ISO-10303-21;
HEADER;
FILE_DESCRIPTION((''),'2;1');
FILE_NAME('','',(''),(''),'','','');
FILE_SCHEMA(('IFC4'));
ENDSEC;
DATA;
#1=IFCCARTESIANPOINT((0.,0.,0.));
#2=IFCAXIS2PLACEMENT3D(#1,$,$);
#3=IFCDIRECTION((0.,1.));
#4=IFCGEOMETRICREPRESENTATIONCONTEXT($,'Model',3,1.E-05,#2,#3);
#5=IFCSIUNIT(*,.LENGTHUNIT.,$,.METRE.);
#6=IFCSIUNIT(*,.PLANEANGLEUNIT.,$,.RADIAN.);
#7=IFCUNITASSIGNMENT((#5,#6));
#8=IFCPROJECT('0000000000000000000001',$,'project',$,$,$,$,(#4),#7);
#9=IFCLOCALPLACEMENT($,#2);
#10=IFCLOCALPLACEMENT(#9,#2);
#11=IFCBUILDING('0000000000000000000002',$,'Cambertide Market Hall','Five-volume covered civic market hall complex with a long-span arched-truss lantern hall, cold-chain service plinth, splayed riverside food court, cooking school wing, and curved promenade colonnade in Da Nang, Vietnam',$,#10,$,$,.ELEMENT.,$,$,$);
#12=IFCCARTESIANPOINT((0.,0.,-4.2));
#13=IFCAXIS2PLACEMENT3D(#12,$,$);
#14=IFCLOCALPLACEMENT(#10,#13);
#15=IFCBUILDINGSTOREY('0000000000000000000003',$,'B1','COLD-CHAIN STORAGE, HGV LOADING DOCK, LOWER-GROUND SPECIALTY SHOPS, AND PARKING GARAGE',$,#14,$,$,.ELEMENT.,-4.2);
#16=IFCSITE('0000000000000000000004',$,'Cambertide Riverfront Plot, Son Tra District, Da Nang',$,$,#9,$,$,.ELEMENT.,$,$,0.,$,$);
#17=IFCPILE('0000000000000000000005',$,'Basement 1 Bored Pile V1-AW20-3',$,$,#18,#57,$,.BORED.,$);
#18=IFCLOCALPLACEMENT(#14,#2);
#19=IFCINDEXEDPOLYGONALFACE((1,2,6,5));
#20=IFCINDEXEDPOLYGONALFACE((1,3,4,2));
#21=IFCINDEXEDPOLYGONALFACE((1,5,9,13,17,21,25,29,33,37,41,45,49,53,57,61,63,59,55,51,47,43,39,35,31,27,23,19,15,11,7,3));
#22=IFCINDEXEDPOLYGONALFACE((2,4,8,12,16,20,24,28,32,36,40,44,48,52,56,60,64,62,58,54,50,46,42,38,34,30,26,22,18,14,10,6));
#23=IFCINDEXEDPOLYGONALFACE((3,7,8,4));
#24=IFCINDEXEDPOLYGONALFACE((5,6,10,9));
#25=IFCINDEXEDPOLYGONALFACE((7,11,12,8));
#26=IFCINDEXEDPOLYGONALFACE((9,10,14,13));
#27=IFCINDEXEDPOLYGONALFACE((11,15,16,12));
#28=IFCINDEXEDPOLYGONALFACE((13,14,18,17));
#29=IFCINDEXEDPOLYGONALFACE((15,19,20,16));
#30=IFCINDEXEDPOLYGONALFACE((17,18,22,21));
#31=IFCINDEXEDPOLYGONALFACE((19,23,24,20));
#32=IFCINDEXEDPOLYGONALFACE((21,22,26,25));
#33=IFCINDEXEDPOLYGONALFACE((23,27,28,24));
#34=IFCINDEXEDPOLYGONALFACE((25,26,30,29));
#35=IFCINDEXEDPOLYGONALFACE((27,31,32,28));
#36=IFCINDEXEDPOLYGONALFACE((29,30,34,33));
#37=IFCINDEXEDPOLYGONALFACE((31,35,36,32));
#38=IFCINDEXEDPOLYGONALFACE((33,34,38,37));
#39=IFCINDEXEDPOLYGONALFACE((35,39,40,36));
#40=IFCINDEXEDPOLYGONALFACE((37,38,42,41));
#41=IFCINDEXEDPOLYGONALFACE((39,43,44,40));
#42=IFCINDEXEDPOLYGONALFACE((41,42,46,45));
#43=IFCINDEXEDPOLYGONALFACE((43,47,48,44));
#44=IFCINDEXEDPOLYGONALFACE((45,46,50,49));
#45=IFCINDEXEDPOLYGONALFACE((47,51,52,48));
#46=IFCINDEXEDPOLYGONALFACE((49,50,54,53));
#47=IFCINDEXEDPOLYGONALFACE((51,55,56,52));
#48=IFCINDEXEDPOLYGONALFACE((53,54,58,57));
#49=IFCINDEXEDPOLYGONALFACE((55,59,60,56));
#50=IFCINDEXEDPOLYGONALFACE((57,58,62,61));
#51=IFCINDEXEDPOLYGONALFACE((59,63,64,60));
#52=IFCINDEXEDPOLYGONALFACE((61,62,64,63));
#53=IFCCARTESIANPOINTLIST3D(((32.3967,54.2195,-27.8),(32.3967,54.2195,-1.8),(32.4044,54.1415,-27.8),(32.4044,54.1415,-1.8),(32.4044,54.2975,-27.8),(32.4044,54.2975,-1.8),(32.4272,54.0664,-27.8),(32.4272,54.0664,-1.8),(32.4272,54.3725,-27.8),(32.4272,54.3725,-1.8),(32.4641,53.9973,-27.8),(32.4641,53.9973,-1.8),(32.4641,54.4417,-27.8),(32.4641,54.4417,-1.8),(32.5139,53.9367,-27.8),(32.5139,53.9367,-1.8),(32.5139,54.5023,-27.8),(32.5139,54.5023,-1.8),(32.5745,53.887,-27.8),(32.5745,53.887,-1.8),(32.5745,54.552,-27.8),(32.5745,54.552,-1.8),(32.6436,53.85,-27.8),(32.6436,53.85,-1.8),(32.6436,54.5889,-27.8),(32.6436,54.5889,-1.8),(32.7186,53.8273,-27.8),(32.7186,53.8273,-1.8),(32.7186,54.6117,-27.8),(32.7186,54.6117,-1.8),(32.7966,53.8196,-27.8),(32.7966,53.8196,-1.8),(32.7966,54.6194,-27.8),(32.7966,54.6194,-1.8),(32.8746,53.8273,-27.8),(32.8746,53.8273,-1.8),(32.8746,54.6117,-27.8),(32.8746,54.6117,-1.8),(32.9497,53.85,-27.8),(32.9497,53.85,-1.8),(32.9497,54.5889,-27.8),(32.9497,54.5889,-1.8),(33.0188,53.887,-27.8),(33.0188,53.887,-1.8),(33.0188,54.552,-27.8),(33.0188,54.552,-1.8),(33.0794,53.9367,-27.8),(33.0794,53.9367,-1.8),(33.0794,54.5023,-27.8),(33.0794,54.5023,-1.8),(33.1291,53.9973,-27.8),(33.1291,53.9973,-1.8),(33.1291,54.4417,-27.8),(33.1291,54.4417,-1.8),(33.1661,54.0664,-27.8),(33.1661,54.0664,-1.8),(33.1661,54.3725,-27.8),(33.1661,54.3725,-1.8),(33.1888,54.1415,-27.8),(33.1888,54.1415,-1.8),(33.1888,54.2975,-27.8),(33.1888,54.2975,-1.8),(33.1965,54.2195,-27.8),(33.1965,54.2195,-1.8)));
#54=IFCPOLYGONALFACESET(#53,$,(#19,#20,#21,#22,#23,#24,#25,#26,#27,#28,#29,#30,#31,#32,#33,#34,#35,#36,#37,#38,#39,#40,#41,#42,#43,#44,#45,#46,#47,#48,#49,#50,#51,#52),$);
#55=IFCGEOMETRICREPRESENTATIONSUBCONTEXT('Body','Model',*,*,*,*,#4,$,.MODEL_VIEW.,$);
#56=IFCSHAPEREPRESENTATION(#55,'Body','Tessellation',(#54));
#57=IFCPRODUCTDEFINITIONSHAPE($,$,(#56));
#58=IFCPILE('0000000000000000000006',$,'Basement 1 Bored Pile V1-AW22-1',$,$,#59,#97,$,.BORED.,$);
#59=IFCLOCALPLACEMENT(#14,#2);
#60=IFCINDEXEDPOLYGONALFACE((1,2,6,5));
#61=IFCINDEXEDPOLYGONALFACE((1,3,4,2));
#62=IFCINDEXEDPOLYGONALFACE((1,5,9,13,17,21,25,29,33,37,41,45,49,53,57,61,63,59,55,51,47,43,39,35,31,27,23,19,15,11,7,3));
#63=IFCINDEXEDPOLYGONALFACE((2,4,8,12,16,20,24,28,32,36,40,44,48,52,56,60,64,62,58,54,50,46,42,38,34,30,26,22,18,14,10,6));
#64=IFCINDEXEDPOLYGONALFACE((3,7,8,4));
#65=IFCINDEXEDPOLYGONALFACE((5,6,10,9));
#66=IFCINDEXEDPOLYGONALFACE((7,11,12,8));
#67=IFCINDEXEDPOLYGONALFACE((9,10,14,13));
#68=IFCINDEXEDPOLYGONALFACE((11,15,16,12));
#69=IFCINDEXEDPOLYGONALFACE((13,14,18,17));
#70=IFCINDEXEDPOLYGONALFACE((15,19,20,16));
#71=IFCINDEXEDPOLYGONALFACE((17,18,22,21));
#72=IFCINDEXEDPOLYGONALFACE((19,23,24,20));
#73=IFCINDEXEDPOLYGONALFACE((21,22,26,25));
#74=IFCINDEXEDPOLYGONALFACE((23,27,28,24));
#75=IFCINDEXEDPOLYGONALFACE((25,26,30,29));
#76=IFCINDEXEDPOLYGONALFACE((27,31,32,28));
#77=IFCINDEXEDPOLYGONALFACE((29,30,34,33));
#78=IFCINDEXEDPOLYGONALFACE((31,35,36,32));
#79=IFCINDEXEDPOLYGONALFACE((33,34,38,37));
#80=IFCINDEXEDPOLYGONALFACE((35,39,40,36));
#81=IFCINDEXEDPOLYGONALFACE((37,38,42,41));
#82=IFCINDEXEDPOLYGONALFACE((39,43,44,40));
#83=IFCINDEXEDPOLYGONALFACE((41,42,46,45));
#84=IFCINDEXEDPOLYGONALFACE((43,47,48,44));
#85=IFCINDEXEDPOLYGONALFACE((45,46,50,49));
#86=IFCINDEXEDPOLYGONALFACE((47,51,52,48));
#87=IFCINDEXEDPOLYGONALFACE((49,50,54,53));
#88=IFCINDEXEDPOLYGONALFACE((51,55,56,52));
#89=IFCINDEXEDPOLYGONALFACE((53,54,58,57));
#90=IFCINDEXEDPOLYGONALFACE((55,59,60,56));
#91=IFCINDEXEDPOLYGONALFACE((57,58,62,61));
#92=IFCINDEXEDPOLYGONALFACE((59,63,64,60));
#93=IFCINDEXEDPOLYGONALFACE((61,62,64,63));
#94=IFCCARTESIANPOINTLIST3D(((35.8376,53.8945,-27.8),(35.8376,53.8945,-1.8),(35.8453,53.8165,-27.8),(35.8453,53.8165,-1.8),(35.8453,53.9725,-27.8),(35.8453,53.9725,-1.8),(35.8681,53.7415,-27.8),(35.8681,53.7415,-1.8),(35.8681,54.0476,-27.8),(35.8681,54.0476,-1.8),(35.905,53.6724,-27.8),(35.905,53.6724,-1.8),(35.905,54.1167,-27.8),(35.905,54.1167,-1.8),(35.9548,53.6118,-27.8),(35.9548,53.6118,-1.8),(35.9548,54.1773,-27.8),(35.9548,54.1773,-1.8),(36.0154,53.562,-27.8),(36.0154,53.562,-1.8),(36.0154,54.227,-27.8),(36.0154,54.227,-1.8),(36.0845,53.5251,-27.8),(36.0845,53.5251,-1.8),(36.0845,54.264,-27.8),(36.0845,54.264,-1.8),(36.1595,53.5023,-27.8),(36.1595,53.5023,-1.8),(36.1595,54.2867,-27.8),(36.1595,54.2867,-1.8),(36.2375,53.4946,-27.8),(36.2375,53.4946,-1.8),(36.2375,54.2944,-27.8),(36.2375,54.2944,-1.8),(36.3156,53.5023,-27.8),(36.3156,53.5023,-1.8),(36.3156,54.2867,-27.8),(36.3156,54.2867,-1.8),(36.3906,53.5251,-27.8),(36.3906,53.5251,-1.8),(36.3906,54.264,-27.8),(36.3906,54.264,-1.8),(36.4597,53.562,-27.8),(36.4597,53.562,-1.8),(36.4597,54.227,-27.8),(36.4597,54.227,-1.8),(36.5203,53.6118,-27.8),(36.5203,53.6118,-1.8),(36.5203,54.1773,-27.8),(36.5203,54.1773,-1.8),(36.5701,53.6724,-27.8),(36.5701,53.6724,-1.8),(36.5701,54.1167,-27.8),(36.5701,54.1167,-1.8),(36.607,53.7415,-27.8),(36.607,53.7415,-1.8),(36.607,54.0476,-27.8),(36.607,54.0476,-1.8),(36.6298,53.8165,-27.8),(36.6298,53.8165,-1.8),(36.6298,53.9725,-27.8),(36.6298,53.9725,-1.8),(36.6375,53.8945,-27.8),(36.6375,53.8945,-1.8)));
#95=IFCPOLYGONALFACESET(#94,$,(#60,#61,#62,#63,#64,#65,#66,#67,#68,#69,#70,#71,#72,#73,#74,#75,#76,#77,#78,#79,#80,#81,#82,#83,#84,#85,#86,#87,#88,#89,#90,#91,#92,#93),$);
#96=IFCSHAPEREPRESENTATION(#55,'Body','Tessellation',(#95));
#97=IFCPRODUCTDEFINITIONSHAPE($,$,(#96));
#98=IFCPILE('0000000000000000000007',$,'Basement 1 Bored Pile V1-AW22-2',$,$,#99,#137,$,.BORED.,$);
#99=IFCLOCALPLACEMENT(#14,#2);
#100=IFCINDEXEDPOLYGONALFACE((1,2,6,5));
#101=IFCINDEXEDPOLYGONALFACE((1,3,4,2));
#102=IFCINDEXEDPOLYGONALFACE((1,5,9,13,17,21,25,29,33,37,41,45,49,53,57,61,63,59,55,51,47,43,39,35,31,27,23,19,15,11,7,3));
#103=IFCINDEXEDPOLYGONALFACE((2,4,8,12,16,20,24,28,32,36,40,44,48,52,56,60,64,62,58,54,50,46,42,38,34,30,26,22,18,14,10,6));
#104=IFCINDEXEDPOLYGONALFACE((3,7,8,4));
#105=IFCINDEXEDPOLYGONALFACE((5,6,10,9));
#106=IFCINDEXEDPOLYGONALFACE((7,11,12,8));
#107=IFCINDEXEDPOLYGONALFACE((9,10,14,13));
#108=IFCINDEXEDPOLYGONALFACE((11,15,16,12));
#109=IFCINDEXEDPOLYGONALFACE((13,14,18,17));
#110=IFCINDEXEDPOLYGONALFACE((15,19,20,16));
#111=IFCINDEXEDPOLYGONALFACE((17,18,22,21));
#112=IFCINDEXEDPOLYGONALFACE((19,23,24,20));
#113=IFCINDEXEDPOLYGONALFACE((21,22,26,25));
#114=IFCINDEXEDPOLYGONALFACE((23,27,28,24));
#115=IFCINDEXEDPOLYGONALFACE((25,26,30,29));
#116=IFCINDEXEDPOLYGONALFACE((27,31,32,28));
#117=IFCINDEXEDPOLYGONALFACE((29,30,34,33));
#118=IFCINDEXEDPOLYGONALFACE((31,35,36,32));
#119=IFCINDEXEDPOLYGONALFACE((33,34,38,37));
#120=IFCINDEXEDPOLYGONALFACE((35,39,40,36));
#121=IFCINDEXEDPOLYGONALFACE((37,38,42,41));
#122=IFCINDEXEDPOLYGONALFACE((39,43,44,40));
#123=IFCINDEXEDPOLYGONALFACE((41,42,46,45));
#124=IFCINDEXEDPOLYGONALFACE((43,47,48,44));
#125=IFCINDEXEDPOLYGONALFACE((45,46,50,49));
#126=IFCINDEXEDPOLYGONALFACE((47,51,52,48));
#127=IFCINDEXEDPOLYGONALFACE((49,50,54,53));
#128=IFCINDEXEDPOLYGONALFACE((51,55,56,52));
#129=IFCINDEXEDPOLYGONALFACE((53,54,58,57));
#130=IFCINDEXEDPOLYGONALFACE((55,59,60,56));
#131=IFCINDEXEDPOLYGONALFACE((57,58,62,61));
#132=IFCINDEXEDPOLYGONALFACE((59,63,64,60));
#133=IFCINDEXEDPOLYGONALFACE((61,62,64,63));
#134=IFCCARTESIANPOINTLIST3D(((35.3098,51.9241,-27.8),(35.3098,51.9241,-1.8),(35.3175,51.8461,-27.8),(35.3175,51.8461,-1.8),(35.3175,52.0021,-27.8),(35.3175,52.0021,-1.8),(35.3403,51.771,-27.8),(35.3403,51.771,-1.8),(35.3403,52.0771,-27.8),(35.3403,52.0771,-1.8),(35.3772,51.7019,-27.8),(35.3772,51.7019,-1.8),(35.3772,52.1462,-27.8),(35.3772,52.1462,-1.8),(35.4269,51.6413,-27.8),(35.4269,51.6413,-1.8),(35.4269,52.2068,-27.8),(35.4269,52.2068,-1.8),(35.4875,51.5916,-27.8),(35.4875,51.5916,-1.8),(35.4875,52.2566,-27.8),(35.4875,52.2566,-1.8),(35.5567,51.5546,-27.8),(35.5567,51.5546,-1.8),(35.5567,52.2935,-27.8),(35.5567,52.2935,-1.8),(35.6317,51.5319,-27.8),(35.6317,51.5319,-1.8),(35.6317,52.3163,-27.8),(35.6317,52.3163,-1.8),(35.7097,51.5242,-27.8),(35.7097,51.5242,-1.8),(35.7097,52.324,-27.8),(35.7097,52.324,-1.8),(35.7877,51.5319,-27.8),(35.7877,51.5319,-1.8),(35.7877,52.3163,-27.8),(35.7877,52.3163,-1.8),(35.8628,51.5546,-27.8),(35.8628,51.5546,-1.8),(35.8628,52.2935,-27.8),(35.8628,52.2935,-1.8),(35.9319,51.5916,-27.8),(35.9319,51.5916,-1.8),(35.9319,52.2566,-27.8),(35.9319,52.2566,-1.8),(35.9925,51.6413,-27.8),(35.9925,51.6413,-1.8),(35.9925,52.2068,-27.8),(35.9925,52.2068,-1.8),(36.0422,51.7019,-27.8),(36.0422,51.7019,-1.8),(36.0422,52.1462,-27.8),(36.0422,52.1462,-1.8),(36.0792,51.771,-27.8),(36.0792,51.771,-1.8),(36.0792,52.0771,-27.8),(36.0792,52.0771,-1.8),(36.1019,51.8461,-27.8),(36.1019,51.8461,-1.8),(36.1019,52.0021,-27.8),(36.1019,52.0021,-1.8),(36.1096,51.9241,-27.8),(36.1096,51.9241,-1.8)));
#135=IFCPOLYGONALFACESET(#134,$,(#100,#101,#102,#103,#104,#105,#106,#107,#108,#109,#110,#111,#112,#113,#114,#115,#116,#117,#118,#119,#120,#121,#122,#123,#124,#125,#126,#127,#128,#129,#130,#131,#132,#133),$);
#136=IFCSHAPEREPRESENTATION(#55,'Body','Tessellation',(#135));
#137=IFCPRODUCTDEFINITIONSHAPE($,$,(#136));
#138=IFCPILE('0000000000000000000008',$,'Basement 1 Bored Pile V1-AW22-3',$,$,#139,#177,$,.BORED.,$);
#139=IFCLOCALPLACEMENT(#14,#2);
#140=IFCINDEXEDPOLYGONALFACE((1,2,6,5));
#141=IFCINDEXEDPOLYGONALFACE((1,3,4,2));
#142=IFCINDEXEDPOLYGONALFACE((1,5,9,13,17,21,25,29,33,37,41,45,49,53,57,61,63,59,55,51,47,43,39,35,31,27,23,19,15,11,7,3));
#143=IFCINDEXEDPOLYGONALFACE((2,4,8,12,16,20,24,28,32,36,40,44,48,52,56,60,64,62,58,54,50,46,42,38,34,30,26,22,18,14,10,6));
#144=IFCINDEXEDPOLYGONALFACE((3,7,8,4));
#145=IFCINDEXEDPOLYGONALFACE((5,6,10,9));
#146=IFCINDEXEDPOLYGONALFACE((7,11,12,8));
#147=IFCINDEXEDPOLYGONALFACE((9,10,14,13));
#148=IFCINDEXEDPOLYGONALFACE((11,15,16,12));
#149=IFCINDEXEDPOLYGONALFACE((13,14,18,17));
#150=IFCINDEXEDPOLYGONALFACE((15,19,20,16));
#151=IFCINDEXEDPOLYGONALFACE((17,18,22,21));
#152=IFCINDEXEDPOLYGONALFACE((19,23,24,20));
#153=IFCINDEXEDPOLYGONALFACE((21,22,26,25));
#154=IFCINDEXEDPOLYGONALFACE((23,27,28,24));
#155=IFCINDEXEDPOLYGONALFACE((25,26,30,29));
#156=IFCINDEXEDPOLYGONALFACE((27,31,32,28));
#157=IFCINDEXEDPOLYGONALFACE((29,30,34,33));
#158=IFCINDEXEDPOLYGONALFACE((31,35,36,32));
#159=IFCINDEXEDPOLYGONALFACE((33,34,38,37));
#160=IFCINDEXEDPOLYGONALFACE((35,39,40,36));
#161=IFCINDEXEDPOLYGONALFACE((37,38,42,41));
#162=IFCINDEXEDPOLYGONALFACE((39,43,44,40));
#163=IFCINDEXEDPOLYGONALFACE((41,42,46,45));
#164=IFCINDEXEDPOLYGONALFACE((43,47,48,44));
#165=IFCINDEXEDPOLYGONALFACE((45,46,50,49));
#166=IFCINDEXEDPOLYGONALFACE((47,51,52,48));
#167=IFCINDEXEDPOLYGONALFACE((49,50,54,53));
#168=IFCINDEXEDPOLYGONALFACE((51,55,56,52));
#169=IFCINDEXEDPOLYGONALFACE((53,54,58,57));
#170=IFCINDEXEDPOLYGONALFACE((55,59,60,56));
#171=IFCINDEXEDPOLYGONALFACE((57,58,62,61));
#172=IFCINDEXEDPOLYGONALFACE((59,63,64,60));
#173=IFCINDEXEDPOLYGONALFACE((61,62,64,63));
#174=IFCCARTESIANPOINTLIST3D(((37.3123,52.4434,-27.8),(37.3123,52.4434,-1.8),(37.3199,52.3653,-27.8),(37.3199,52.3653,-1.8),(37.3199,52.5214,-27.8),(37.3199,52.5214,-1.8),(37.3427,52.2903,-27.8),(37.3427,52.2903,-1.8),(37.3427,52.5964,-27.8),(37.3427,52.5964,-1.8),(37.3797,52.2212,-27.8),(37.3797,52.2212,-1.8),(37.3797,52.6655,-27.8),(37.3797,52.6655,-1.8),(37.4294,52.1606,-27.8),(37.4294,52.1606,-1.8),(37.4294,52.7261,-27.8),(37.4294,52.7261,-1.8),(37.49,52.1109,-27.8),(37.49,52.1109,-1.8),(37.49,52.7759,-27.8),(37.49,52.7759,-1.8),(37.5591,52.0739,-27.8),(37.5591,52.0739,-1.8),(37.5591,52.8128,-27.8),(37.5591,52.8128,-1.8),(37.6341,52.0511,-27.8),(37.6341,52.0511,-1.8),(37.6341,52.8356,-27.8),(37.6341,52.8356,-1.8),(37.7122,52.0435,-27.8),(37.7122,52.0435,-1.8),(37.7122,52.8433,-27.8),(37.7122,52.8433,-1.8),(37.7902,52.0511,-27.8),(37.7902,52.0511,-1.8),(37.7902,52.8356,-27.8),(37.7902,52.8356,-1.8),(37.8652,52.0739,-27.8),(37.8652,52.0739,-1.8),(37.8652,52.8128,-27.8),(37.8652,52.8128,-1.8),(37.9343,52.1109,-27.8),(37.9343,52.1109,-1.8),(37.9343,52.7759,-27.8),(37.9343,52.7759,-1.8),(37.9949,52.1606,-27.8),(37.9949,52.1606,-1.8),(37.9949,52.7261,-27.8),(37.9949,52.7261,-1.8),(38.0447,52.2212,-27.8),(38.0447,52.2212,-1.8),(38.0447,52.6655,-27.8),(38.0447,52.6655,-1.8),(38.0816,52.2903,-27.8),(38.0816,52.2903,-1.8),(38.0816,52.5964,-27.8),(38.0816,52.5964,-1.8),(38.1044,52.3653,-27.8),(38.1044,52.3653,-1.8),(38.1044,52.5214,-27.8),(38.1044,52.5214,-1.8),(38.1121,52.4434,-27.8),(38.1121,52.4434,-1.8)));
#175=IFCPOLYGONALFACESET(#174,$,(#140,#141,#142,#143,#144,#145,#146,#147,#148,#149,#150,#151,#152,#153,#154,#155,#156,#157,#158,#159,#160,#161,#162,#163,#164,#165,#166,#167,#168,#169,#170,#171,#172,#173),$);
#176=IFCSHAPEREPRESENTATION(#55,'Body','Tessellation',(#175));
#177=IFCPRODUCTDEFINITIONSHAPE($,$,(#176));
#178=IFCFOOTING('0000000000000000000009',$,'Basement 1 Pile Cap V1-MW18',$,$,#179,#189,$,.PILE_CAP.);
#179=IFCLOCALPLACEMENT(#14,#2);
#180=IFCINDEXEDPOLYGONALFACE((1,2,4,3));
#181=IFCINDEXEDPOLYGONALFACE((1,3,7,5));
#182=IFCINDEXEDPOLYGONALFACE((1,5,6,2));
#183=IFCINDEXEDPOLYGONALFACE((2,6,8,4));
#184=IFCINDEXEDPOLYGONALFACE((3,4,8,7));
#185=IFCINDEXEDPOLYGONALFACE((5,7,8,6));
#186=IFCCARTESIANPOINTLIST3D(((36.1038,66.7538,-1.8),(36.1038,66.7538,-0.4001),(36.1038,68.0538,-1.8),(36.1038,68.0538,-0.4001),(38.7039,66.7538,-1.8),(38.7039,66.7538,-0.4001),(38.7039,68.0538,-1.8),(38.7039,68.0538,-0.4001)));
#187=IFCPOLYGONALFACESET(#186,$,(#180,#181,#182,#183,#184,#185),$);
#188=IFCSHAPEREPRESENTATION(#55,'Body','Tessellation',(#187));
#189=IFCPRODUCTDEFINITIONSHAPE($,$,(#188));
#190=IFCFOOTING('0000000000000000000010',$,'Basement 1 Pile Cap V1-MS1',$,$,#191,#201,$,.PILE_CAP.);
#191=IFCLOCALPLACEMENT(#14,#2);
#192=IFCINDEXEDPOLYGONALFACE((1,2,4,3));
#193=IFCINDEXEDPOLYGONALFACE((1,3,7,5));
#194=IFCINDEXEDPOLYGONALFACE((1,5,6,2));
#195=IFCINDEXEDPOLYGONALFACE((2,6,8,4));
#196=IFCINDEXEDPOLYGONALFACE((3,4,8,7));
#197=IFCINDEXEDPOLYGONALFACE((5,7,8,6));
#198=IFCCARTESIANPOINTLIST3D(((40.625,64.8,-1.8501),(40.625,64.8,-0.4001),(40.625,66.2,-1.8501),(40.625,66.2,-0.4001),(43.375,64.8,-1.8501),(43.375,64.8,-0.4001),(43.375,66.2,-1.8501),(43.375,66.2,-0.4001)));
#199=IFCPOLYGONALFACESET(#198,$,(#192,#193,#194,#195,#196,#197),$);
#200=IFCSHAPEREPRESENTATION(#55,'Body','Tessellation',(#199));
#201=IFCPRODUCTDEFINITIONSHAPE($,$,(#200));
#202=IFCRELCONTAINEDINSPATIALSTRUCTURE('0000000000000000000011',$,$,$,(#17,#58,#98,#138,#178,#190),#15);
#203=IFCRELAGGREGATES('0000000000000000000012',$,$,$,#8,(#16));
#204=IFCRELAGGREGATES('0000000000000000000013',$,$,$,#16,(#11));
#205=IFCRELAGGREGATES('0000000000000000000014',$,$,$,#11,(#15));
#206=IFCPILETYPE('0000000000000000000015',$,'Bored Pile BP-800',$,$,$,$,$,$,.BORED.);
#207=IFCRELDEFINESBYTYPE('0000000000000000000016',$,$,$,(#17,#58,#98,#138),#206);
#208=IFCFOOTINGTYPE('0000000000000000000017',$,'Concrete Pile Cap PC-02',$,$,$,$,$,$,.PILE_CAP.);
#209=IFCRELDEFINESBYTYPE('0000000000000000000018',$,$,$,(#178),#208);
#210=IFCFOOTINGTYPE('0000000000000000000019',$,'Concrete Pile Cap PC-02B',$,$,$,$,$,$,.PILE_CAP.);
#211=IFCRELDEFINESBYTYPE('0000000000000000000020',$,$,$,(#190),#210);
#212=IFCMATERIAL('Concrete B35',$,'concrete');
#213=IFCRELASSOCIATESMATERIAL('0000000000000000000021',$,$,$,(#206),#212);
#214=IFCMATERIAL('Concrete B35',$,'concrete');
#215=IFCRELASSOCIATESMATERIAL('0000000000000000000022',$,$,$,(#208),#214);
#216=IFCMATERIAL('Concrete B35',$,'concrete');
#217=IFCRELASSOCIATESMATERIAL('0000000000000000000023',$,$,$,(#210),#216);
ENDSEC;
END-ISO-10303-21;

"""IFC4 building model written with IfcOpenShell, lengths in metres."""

from ifc_helpers import new_model, si_unit, direction, frame, origin, origin_2d, place, context, subcontext, project, spatial, rectangle, circle, extrude, material, material_profile, profile_set, type_object, element, save


model = new_model("IFC4")

# Units and contexts
model_context = context("Model", 3, precision=1e-05, world=origin(), true_north=direction((0.0, 1.0)))
body_context = subcontext(model_context, "Body", "Model", "MODEL_VIEW")
ifc_project = project(units=[si_unit("LENGTHUNIT", "METRE"), si_unit("PLANEANGLEUNIT", "RADIAN")], contexts=[model_context])

# Site, building, storey
site_placement = place(None, origin())
site = spatial("IfcSite", under=ifc_project, at=site_placement, Name="Cambertide Riverfront Plot, Son Tra District, Da Nang", CompositionType="ELEMENT", RefElevation=0.0)
building_placement = place(site_placement, origin())
building = spatial("IfcBuilding", under=site, at=building_placement, Name="Cambertide Market Hall", Description="Five-volume covered civic market hall complex with a long-span arched-truss lantern hall, cold-chain service plinth, splayed riverside food court, cooking school wing, and curved promenade colonnade in Da Nang, Vietnam", CompositionType="ELEMENT")
storey_placement = place(building_placement, frame((0.0, 0.0, -4.2)))
storey = spatial("IfcBuildingStorey", under=building, at=storey_placement, Name="B1", Description="COLD-CHAIN STORAGE, HGV LOADING DOCK, LOWER-GROUND SPECIALTY SHOPS, AND PARKING GARAGE", CompositionType="ELEMENT", Elevation=-4.2)

# Piles
ifc_material_1 = material(Name="Concrete B35", Category="concrete")
ifc_material_profile_1 = material_profile(ifc_material_1, circle(Radius=0.3999, at=origin_2d()), Name="BP D800")
ifc_profile_set_1 = profile_set([ifc_material_profile_1], Name="Concrete B35")
pile_type_1 = type_object("IfcPileType", Name="Bored Pile BP-800", PredefinedType="BORED", material=ifc_profile_set_1)
for number, where, z_axis, x_axis, name in (
    (1, (32.7966, 54.2195, -1.8), (0.0, 0.0, -1.0), (1.0, 0.0, 0.0), "Basement 1 Bored Pile V1-AW20-3"),
    (2, (36.2375, 53.8945, -1.8), (0.0, 0.0, -1.0), (1.0, 0.0, 0.0), "Basement 1 Bored Pile V1-AW22-1"),
    (3, (35.7097, 51.9241, -1.8), (0.0, 0.0, -1.0), (1.0, 0.0, 0.0), "Basement 1 Bored Pile V1-AW22-2"),
    (4, (37.7122, 52.4434, -1.8), (0.0, 0.0, -1.0), (1.0, 0.0, 0.0), "Basement 1 Bored Pile V1-AW22-3"),
):
    element("IfcPile", number, at=place(storey_placement, frame(where, z_axis=z_axis, x_axis=x_axis)), inside=storey, type_object=pile_type_1, Name=name, PredefinedType="BORED", context=body_context, shape_type="SweptSolid", body=[
        extrude(circle(Radius=0.3999, at=origin_2d()), origin(), (0.0, 0.0, 1.0), 26.0),
    ])

# Footings
ifc_material_2 = material(Name="Concrete B35", Category="concrete")
footing_type_1 = type_object("IfcFootingType", Name="Concrete Pile Cap PC-02", PredefinedType="PILE_CAP", material=ifc_material_2)
footing_1_placement = place(storey_placement, frame((37.4038, 67.4038, -1.8), z_axis=(0.0, 0.0, 1.0), x_axis=(1.0, 0.0, 0.0)))
element("IfcFooting", 5, at=footing_1_placement, inside=storey, type_object=footing_type_1, Name="Basement 1 Pile Cap V1-MW18", PredefinedType="PILE_CAP", context=body_context, shape_type="SweptSolid", body=[
    extrude(rectangle(XDim=2.6001, YDim=1.3, at=origin_2d()), origin(), (0.0, 0.0, 1.0), 1.3999),
])
ifc_material_3 = material(Name="Concrete B35", Category="concrete")
footing_type_2 = type_object("IfcFootingType", Name="Concrete Pile Cap PC-02B", PredefinedType="PILE_CAP", material=ifc_material_3)
footing_2_placement = place(storey_placement, frame((42.0, 65.5, -1.8501), z_axis=(0.0, 0.0, 1.0), x_axis=(1.0, 0.0, 0.0)))
element("IfcFooting", 6, at=footing_2_placement, inside=storey, type_object=footing_type_2, Name="Basement 1 Pile Cap V1-MS1", PredefinedType="PILE_CAP", context=body_context, shape_type="SweptSolid", body=[
    extrude(rectangle(XDim=2.75, YDim=1.3999, at=origin_2d()), origin(), (0.0, 0.0, 1.0), 1.45),
])

save(model, "model.ifc")
